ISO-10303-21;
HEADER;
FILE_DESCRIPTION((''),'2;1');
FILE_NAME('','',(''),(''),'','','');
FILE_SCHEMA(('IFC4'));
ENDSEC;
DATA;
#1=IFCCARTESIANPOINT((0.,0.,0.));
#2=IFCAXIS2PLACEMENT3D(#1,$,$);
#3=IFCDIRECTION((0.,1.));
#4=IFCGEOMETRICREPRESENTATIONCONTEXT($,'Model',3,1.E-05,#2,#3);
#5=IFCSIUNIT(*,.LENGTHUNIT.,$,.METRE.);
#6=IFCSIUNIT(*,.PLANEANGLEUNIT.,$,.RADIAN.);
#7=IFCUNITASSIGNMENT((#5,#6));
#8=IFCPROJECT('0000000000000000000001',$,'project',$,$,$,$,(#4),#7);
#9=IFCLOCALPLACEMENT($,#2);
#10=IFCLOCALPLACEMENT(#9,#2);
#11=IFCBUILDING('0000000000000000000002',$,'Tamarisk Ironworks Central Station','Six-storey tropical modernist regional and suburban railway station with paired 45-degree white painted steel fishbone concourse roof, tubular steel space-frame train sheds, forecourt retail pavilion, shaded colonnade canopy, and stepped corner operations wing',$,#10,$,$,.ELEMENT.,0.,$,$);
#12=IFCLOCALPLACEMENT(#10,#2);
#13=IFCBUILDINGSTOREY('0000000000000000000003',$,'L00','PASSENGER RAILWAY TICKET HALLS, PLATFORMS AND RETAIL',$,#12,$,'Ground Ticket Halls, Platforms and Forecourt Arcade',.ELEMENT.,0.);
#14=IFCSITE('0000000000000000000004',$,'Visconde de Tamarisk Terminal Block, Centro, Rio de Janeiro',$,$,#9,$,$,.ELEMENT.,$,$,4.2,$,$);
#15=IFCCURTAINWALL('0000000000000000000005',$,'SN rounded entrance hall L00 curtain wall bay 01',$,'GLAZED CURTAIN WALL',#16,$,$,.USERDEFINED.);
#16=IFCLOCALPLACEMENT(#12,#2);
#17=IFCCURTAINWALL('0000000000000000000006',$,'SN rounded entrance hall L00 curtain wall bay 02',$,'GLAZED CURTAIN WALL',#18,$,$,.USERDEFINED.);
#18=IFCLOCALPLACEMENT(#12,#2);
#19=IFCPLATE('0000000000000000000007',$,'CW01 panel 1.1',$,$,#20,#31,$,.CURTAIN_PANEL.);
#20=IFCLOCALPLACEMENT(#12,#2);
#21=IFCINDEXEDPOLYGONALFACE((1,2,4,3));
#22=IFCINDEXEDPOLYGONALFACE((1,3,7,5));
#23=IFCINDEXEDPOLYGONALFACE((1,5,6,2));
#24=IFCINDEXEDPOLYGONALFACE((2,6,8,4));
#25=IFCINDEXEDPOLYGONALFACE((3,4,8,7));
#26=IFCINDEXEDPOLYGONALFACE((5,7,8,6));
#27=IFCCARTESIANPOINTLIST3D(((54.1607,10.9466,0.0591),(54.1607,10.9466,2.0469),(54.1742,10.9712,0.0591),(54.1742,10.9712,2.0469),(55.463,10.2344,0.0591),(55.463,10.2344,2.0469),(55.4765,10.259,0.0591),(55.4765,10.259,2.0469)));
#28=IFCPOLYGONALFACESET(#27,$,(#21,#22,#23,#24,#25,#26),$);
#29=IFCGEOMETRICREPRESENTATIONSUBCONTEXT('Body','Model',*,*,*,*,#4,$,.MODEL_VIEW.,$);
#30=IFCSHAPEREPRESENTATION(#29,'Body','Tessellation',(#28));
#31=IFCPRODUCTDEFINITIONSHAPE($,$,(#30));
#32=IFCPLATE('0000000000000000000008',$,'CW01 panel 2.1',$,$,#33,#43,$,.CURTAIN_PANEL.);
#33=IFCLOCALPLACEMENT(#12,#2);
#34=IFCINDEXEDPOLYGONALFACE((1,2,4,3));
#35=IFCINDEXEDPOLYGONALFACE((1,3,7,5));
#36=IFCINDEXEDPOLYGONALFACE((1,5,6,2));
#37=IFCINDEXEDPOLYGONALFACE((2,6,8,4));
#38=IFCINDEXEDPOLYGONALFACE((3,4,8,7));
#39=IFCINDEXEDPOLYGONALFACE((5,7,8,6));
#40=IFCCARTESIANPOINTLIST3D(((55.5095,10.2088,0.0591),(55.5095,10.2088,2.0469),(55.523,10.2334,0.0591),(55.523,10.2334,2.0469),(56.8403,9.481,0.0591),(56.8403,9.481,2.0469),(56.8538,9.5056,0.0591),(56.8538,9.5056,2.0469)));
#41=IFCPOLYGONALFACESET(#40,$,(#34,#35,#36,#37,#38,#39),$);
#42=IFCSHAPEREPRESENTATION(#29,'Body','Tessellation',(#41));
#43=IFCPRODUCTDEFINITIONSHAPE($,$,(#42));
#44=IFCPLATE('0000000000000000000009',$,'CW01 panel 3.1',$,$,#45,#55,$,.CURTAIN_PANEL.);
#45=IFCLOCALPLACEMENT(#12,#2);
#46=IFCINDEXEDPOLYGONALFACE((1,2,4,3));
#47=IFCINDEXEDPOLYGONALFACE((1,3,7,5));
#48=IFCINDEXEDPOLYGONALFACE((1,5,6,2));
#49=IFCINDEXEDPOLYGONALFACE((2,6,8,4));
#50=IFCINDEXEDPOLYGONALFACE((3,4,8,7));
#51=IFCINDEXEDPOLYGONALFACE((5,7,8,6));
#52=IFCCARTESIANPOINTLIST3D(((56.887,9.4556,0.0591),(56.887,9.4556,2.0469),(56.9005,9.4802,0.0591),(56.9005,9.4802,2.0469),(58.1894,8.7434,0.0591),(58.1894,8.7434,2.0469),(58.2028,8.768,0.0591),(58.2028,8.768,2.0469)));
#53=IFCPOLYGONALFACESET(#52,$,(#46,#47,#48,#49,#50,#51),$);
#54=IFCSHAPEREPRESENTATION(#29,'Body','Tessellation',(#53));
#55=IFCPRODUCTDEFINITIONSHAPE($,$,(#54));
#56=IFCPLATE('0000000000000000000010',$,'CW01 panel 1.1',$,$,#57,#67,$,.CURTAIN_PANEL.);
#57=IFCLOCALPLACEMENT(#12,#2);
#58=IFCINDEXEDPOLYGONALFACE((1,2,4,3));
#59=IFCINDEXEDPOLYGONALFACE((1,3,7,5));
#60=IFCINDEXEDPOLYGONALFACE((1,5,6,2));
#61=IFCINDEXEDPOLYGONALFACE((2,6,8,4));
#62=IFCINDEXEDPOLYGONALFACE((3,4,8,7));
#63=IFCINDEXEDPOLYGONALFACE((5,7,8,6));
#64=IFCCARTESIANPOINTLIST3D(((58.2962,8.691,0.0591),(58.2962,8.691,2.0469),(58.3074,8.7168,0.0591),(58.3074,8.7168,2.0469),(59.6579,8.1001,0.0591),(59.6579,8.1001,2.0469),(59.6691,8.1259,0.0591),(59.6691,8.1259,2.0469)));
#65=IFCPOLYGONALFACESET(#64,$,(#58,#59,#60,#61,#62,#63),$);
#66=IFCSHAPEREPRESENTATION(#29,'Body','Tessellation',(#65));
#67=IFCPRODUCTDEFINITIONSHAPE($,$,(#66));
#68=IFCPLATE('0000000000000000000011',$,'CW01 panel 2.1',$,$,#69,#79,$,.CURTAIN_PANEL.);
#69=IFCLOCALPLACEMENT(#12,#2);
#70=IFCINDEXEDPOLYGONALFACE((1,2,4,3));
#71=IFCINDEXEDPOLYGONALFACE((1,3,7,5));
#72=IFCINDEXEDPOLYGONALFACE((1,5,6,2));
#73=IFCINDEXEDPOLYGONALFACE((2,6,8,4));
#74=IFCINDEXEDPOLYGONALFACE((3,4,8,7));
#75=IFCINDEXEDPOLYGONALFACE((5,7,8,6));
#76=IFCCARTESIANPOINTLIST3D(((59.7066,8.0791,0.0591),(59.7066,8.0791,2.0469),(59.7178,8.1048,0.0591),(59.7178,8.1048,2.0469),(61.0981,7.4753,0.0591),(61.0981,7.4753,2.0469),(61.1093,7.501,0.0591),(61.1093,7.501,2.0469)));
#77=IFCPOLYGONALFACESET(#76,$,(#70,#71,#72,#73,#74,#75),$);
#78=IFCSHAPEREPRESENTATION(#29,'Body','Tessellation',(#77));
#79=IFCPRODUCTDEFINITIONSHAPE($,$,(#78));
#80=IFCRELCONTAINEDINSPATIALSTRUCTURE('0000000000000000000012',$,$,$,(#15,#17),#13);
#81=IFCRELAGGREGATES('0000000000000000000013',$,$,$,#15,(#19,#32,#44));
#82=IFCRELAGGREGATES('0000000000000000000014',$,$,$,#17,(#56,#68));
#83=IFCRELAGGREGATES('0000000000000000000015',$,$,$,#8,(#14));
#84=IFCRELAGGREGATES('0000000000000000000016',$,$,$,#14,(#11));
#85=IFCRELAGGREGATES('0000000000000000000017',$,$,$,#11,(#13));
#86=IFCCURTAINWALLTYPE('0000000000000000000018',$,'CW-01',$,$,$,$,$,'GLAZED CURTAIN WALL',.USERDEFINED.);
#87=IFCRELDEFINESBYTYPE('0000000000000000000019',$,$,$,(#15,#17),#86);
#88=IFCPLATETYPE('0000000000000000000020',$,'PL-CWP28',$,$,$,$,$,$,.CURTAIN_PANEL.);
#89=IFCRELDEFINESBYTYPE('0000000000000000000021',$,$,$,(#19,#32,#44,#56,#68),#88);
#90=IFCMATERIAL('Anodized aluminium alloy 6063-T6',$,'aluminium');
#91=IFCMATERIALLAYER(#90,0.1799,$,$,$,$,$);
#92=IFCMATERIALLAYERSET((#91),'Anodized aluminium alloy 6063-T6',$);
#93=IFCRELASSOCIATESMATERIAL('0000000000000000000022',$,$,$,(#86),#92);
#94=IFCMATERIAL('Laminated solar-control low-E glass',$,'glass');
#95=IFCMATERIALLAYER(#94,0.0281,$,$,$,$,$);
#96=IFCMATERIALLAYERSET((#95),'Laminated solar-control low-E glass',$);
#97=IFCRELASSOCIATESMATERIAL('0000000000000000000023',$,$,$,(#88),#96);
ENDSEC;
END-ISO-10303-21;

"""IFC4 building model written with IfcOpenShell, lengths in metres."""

from ifc_helpers import new_model, si_unit, direction, frame, origin, origin_2d, place, context, subcontext, project, spatial, rectangle, extrude, material, layer, layer_set, type_object, element, aggregate, save


model = new_model("IFC4")

# Units and contexts
model_context = context("Model", 3, precision=1e-05, world=origin(), true_north=direction((0.0, 1.0)))
body_context = subcontext(model_context, "Body", "Model", "MODEL_VIEW")
ifc_project = project(units=[si_unit("LENGTHUNIT", "METRE"), si_unit("PLANEANGLEUNIT", "RADIAN")], contexts=[model_context])

# Site, building, storey
site_placement = place(None, origin())
site = spatial("IfcSite", under=ifc_project, at=site_placement, Name="Visconde de Tamarisk Terminal Block, Centro, Rio de Janeiro", CompositionType="ELEMENT", RefElevation=4.2)
building_placement = place(site_placement, origin())
building = spatial("IfcBuilding", under=site, at=building_placement, Name="Tamarisk Ironworks Central Station", Description="Six-storey tropical modernist regional and suburban railway station with paired 45-degree white painted steel fishbone concourse roof, tubular steel space-frame train sheds, forecourt retail pavilion, shaded colonnade canopy, and stepped corner operations wing", CompositionType="ELEMENT", ElevationOfRefHeight=0.0)
storey_placement = place(building_placement, origin())
storey = spatial("IfcBuildingStorey", under=building, at=storey_placement, Name="L00", Description="PASSENGER RAILWAY TICKET HALLS, PLATFORMS AND RETAIL", LongName="Ground Ticket Halls, Platforms and Forecourt Arcade", CompositionType="ELEMENT", Elevation=0.0)

# Curtain walls
ifc_material_1 = material(Name="Anodized aluminium alloy 6063-T6", Category="aluminium")
ifc_layer_1 = layer(ifc_material_1, 0.1799)
ifc_layer_set_1 = layer_set([ifc_layer_1], Name="Anodized aluminium alloy 6063-T6")
curtain_wall_type = type_object("IfcCurtainWallType", Name="CW-01", ElementType="GLAZED CURTAIN WALL", PredefinedType="USERDEFINED", material=ifc_layer_set_1)
curtain_wall_1_placement = place(storey_placement, origin())
curtain_wall_1 = element("IfcCurtainWall", 1, at=curtain_wall_1_placement, inside=storey, type_object=curtain_wall_type, Name="SN rounded entrance hall L00 curtain wall bay 01", ObjectType="GLAZED CURTAIN WALL", PredefinedType="USERDEFINED")
curtain_wall_2_placement = place(storey_placement, origin())
curtain_wall_2 = element("IfcCurtainWall", 2, at=curtain_wall_2_placement, inside=storey, type_object=curtain_wall_type, Name="SN rounded entrance hall L00 curtain wall bay 02", ObjectType="GLAZED CURTAIN WALL", PredefinedType="USERDEFINED")

# Plates
ifc_material_2 = material(Name="Laminated solar-control low-E glass", Category="glass")
ifc_layer_2 = layer(ifc_material_2, 0.0281)
ifc_layer_set_2 = layer_set([ifc_layer_2], Name="Laminated solar-control low-E glass")
plate_type = type_object("IfcPlateType", Name="PL-CWP28", PredefinedType="CURTAIN_PANEL", material=ifc_layer_set_2)
plate_1_placement = place(storey_placement, frame((54.8186, 10.6028, 0.0591), z_axis=(0.0, 0.0, 1.0), x_axis=(0.877375, -0.479805, 0.0)))
plate_1 = element("IfcPlate", 3, at=plate_1_placement, type_object=plate_type, Name="CW01 panel 1.1", PredefinedType="CURTAIN_PANEL", context=body_context, shape_type="SweptSolid", body=[
    extrude(rectangle(XDim=1.4844, YDim=0.0281, at=origin_2d()), origin(), (0.0, 0.0, 1.0), 1.9878),
])
plate_2_placement = place(storey_placement, frame((56.1816, 9.8572, 0.0591), z_axis=(0.0, 0.0, 1.0), x_axis=(0.877375, -0.479805, 0.0)))
plate_2 = element("IfcPlate", 4, at=plate_2_placement, type_object=plate_type, Name="CW01 panel 2.1", PredefinedType="CURTAIN_PANEL", context=body_context, shape_type="SweptSolid", body=[
    extrude(rectangle(XDim=1.5168, YDim=0.0281, at=origin_2d()), origin(), (0.0, 0.0, 1.0), 1.9878),
])
plate_3_placement = place(storey_placement, frame((57.5449, 9.1118, 0.0591), z_axis=(0.0, 0.0, 1.0), x_axis=(0.877375, -0.479805, 0.0)))
plate_3 = element("IfcPlate", 5, at=plate_3_placement, type_object=plate_type, Name="CW01 panel 3.1", PredefinedType="CURTAIN_PANEL", context=body_context, shape_type="SweptSolid", body=[
    extrude(rectangle(XDim=1.4844, YDim=0.0281, at=origin_2d()), origin(), (0.0, 0.0, 1.0), 1.9878),
])
aggregate(curtain_wall_1, [plate_1, plate_2, plate_3])
plate_4_placement = place(storey_placement, frame((58.9827, 8.4084, 0.0591), z_axis=(0.0, 0.0, 1.0), x_axis=(0.917352, -0.398077, 0.0)))
plate_4 = element("IfcPlate", 6, at=plate_4_placement, type_object=plate_type, Name="CW01 panel 1.1", PredefinedType="CURTAIN_PANEL", context=body_context, shape_type="SweptSolid", body=[
    extrude(rectangle(XDim=1.4844, YDim=0.0281, at=origin_2d()), origin(), (0.0, 0.0, 1.0), 1.9878),
])
plate_5_placement = place(storey_placement, frame((60.408, 7.79, 0.0591), z_axis=(0.0, 0.0, 1.0), x_axis=(0.917352, -0.398077, 0.0)))
plate_5 = element("IfcPlate", 7, at=plate_5_placement, type_object=plate_type, Name="CW01 panel 2.1", PredefinedType="CURTAIN_PANEL", context=body_context, shape_type="SweptSolid", body=[
    extrude(rectangle(XDim=1.5168, YDim=0.0281, at=origin_2d()), origin(), (0.0, 0.0, 1.0), 1.9878),
])
aggregate(curtain_wall_2, [plate_4, plate_5])

save(model, "model.ifc")
